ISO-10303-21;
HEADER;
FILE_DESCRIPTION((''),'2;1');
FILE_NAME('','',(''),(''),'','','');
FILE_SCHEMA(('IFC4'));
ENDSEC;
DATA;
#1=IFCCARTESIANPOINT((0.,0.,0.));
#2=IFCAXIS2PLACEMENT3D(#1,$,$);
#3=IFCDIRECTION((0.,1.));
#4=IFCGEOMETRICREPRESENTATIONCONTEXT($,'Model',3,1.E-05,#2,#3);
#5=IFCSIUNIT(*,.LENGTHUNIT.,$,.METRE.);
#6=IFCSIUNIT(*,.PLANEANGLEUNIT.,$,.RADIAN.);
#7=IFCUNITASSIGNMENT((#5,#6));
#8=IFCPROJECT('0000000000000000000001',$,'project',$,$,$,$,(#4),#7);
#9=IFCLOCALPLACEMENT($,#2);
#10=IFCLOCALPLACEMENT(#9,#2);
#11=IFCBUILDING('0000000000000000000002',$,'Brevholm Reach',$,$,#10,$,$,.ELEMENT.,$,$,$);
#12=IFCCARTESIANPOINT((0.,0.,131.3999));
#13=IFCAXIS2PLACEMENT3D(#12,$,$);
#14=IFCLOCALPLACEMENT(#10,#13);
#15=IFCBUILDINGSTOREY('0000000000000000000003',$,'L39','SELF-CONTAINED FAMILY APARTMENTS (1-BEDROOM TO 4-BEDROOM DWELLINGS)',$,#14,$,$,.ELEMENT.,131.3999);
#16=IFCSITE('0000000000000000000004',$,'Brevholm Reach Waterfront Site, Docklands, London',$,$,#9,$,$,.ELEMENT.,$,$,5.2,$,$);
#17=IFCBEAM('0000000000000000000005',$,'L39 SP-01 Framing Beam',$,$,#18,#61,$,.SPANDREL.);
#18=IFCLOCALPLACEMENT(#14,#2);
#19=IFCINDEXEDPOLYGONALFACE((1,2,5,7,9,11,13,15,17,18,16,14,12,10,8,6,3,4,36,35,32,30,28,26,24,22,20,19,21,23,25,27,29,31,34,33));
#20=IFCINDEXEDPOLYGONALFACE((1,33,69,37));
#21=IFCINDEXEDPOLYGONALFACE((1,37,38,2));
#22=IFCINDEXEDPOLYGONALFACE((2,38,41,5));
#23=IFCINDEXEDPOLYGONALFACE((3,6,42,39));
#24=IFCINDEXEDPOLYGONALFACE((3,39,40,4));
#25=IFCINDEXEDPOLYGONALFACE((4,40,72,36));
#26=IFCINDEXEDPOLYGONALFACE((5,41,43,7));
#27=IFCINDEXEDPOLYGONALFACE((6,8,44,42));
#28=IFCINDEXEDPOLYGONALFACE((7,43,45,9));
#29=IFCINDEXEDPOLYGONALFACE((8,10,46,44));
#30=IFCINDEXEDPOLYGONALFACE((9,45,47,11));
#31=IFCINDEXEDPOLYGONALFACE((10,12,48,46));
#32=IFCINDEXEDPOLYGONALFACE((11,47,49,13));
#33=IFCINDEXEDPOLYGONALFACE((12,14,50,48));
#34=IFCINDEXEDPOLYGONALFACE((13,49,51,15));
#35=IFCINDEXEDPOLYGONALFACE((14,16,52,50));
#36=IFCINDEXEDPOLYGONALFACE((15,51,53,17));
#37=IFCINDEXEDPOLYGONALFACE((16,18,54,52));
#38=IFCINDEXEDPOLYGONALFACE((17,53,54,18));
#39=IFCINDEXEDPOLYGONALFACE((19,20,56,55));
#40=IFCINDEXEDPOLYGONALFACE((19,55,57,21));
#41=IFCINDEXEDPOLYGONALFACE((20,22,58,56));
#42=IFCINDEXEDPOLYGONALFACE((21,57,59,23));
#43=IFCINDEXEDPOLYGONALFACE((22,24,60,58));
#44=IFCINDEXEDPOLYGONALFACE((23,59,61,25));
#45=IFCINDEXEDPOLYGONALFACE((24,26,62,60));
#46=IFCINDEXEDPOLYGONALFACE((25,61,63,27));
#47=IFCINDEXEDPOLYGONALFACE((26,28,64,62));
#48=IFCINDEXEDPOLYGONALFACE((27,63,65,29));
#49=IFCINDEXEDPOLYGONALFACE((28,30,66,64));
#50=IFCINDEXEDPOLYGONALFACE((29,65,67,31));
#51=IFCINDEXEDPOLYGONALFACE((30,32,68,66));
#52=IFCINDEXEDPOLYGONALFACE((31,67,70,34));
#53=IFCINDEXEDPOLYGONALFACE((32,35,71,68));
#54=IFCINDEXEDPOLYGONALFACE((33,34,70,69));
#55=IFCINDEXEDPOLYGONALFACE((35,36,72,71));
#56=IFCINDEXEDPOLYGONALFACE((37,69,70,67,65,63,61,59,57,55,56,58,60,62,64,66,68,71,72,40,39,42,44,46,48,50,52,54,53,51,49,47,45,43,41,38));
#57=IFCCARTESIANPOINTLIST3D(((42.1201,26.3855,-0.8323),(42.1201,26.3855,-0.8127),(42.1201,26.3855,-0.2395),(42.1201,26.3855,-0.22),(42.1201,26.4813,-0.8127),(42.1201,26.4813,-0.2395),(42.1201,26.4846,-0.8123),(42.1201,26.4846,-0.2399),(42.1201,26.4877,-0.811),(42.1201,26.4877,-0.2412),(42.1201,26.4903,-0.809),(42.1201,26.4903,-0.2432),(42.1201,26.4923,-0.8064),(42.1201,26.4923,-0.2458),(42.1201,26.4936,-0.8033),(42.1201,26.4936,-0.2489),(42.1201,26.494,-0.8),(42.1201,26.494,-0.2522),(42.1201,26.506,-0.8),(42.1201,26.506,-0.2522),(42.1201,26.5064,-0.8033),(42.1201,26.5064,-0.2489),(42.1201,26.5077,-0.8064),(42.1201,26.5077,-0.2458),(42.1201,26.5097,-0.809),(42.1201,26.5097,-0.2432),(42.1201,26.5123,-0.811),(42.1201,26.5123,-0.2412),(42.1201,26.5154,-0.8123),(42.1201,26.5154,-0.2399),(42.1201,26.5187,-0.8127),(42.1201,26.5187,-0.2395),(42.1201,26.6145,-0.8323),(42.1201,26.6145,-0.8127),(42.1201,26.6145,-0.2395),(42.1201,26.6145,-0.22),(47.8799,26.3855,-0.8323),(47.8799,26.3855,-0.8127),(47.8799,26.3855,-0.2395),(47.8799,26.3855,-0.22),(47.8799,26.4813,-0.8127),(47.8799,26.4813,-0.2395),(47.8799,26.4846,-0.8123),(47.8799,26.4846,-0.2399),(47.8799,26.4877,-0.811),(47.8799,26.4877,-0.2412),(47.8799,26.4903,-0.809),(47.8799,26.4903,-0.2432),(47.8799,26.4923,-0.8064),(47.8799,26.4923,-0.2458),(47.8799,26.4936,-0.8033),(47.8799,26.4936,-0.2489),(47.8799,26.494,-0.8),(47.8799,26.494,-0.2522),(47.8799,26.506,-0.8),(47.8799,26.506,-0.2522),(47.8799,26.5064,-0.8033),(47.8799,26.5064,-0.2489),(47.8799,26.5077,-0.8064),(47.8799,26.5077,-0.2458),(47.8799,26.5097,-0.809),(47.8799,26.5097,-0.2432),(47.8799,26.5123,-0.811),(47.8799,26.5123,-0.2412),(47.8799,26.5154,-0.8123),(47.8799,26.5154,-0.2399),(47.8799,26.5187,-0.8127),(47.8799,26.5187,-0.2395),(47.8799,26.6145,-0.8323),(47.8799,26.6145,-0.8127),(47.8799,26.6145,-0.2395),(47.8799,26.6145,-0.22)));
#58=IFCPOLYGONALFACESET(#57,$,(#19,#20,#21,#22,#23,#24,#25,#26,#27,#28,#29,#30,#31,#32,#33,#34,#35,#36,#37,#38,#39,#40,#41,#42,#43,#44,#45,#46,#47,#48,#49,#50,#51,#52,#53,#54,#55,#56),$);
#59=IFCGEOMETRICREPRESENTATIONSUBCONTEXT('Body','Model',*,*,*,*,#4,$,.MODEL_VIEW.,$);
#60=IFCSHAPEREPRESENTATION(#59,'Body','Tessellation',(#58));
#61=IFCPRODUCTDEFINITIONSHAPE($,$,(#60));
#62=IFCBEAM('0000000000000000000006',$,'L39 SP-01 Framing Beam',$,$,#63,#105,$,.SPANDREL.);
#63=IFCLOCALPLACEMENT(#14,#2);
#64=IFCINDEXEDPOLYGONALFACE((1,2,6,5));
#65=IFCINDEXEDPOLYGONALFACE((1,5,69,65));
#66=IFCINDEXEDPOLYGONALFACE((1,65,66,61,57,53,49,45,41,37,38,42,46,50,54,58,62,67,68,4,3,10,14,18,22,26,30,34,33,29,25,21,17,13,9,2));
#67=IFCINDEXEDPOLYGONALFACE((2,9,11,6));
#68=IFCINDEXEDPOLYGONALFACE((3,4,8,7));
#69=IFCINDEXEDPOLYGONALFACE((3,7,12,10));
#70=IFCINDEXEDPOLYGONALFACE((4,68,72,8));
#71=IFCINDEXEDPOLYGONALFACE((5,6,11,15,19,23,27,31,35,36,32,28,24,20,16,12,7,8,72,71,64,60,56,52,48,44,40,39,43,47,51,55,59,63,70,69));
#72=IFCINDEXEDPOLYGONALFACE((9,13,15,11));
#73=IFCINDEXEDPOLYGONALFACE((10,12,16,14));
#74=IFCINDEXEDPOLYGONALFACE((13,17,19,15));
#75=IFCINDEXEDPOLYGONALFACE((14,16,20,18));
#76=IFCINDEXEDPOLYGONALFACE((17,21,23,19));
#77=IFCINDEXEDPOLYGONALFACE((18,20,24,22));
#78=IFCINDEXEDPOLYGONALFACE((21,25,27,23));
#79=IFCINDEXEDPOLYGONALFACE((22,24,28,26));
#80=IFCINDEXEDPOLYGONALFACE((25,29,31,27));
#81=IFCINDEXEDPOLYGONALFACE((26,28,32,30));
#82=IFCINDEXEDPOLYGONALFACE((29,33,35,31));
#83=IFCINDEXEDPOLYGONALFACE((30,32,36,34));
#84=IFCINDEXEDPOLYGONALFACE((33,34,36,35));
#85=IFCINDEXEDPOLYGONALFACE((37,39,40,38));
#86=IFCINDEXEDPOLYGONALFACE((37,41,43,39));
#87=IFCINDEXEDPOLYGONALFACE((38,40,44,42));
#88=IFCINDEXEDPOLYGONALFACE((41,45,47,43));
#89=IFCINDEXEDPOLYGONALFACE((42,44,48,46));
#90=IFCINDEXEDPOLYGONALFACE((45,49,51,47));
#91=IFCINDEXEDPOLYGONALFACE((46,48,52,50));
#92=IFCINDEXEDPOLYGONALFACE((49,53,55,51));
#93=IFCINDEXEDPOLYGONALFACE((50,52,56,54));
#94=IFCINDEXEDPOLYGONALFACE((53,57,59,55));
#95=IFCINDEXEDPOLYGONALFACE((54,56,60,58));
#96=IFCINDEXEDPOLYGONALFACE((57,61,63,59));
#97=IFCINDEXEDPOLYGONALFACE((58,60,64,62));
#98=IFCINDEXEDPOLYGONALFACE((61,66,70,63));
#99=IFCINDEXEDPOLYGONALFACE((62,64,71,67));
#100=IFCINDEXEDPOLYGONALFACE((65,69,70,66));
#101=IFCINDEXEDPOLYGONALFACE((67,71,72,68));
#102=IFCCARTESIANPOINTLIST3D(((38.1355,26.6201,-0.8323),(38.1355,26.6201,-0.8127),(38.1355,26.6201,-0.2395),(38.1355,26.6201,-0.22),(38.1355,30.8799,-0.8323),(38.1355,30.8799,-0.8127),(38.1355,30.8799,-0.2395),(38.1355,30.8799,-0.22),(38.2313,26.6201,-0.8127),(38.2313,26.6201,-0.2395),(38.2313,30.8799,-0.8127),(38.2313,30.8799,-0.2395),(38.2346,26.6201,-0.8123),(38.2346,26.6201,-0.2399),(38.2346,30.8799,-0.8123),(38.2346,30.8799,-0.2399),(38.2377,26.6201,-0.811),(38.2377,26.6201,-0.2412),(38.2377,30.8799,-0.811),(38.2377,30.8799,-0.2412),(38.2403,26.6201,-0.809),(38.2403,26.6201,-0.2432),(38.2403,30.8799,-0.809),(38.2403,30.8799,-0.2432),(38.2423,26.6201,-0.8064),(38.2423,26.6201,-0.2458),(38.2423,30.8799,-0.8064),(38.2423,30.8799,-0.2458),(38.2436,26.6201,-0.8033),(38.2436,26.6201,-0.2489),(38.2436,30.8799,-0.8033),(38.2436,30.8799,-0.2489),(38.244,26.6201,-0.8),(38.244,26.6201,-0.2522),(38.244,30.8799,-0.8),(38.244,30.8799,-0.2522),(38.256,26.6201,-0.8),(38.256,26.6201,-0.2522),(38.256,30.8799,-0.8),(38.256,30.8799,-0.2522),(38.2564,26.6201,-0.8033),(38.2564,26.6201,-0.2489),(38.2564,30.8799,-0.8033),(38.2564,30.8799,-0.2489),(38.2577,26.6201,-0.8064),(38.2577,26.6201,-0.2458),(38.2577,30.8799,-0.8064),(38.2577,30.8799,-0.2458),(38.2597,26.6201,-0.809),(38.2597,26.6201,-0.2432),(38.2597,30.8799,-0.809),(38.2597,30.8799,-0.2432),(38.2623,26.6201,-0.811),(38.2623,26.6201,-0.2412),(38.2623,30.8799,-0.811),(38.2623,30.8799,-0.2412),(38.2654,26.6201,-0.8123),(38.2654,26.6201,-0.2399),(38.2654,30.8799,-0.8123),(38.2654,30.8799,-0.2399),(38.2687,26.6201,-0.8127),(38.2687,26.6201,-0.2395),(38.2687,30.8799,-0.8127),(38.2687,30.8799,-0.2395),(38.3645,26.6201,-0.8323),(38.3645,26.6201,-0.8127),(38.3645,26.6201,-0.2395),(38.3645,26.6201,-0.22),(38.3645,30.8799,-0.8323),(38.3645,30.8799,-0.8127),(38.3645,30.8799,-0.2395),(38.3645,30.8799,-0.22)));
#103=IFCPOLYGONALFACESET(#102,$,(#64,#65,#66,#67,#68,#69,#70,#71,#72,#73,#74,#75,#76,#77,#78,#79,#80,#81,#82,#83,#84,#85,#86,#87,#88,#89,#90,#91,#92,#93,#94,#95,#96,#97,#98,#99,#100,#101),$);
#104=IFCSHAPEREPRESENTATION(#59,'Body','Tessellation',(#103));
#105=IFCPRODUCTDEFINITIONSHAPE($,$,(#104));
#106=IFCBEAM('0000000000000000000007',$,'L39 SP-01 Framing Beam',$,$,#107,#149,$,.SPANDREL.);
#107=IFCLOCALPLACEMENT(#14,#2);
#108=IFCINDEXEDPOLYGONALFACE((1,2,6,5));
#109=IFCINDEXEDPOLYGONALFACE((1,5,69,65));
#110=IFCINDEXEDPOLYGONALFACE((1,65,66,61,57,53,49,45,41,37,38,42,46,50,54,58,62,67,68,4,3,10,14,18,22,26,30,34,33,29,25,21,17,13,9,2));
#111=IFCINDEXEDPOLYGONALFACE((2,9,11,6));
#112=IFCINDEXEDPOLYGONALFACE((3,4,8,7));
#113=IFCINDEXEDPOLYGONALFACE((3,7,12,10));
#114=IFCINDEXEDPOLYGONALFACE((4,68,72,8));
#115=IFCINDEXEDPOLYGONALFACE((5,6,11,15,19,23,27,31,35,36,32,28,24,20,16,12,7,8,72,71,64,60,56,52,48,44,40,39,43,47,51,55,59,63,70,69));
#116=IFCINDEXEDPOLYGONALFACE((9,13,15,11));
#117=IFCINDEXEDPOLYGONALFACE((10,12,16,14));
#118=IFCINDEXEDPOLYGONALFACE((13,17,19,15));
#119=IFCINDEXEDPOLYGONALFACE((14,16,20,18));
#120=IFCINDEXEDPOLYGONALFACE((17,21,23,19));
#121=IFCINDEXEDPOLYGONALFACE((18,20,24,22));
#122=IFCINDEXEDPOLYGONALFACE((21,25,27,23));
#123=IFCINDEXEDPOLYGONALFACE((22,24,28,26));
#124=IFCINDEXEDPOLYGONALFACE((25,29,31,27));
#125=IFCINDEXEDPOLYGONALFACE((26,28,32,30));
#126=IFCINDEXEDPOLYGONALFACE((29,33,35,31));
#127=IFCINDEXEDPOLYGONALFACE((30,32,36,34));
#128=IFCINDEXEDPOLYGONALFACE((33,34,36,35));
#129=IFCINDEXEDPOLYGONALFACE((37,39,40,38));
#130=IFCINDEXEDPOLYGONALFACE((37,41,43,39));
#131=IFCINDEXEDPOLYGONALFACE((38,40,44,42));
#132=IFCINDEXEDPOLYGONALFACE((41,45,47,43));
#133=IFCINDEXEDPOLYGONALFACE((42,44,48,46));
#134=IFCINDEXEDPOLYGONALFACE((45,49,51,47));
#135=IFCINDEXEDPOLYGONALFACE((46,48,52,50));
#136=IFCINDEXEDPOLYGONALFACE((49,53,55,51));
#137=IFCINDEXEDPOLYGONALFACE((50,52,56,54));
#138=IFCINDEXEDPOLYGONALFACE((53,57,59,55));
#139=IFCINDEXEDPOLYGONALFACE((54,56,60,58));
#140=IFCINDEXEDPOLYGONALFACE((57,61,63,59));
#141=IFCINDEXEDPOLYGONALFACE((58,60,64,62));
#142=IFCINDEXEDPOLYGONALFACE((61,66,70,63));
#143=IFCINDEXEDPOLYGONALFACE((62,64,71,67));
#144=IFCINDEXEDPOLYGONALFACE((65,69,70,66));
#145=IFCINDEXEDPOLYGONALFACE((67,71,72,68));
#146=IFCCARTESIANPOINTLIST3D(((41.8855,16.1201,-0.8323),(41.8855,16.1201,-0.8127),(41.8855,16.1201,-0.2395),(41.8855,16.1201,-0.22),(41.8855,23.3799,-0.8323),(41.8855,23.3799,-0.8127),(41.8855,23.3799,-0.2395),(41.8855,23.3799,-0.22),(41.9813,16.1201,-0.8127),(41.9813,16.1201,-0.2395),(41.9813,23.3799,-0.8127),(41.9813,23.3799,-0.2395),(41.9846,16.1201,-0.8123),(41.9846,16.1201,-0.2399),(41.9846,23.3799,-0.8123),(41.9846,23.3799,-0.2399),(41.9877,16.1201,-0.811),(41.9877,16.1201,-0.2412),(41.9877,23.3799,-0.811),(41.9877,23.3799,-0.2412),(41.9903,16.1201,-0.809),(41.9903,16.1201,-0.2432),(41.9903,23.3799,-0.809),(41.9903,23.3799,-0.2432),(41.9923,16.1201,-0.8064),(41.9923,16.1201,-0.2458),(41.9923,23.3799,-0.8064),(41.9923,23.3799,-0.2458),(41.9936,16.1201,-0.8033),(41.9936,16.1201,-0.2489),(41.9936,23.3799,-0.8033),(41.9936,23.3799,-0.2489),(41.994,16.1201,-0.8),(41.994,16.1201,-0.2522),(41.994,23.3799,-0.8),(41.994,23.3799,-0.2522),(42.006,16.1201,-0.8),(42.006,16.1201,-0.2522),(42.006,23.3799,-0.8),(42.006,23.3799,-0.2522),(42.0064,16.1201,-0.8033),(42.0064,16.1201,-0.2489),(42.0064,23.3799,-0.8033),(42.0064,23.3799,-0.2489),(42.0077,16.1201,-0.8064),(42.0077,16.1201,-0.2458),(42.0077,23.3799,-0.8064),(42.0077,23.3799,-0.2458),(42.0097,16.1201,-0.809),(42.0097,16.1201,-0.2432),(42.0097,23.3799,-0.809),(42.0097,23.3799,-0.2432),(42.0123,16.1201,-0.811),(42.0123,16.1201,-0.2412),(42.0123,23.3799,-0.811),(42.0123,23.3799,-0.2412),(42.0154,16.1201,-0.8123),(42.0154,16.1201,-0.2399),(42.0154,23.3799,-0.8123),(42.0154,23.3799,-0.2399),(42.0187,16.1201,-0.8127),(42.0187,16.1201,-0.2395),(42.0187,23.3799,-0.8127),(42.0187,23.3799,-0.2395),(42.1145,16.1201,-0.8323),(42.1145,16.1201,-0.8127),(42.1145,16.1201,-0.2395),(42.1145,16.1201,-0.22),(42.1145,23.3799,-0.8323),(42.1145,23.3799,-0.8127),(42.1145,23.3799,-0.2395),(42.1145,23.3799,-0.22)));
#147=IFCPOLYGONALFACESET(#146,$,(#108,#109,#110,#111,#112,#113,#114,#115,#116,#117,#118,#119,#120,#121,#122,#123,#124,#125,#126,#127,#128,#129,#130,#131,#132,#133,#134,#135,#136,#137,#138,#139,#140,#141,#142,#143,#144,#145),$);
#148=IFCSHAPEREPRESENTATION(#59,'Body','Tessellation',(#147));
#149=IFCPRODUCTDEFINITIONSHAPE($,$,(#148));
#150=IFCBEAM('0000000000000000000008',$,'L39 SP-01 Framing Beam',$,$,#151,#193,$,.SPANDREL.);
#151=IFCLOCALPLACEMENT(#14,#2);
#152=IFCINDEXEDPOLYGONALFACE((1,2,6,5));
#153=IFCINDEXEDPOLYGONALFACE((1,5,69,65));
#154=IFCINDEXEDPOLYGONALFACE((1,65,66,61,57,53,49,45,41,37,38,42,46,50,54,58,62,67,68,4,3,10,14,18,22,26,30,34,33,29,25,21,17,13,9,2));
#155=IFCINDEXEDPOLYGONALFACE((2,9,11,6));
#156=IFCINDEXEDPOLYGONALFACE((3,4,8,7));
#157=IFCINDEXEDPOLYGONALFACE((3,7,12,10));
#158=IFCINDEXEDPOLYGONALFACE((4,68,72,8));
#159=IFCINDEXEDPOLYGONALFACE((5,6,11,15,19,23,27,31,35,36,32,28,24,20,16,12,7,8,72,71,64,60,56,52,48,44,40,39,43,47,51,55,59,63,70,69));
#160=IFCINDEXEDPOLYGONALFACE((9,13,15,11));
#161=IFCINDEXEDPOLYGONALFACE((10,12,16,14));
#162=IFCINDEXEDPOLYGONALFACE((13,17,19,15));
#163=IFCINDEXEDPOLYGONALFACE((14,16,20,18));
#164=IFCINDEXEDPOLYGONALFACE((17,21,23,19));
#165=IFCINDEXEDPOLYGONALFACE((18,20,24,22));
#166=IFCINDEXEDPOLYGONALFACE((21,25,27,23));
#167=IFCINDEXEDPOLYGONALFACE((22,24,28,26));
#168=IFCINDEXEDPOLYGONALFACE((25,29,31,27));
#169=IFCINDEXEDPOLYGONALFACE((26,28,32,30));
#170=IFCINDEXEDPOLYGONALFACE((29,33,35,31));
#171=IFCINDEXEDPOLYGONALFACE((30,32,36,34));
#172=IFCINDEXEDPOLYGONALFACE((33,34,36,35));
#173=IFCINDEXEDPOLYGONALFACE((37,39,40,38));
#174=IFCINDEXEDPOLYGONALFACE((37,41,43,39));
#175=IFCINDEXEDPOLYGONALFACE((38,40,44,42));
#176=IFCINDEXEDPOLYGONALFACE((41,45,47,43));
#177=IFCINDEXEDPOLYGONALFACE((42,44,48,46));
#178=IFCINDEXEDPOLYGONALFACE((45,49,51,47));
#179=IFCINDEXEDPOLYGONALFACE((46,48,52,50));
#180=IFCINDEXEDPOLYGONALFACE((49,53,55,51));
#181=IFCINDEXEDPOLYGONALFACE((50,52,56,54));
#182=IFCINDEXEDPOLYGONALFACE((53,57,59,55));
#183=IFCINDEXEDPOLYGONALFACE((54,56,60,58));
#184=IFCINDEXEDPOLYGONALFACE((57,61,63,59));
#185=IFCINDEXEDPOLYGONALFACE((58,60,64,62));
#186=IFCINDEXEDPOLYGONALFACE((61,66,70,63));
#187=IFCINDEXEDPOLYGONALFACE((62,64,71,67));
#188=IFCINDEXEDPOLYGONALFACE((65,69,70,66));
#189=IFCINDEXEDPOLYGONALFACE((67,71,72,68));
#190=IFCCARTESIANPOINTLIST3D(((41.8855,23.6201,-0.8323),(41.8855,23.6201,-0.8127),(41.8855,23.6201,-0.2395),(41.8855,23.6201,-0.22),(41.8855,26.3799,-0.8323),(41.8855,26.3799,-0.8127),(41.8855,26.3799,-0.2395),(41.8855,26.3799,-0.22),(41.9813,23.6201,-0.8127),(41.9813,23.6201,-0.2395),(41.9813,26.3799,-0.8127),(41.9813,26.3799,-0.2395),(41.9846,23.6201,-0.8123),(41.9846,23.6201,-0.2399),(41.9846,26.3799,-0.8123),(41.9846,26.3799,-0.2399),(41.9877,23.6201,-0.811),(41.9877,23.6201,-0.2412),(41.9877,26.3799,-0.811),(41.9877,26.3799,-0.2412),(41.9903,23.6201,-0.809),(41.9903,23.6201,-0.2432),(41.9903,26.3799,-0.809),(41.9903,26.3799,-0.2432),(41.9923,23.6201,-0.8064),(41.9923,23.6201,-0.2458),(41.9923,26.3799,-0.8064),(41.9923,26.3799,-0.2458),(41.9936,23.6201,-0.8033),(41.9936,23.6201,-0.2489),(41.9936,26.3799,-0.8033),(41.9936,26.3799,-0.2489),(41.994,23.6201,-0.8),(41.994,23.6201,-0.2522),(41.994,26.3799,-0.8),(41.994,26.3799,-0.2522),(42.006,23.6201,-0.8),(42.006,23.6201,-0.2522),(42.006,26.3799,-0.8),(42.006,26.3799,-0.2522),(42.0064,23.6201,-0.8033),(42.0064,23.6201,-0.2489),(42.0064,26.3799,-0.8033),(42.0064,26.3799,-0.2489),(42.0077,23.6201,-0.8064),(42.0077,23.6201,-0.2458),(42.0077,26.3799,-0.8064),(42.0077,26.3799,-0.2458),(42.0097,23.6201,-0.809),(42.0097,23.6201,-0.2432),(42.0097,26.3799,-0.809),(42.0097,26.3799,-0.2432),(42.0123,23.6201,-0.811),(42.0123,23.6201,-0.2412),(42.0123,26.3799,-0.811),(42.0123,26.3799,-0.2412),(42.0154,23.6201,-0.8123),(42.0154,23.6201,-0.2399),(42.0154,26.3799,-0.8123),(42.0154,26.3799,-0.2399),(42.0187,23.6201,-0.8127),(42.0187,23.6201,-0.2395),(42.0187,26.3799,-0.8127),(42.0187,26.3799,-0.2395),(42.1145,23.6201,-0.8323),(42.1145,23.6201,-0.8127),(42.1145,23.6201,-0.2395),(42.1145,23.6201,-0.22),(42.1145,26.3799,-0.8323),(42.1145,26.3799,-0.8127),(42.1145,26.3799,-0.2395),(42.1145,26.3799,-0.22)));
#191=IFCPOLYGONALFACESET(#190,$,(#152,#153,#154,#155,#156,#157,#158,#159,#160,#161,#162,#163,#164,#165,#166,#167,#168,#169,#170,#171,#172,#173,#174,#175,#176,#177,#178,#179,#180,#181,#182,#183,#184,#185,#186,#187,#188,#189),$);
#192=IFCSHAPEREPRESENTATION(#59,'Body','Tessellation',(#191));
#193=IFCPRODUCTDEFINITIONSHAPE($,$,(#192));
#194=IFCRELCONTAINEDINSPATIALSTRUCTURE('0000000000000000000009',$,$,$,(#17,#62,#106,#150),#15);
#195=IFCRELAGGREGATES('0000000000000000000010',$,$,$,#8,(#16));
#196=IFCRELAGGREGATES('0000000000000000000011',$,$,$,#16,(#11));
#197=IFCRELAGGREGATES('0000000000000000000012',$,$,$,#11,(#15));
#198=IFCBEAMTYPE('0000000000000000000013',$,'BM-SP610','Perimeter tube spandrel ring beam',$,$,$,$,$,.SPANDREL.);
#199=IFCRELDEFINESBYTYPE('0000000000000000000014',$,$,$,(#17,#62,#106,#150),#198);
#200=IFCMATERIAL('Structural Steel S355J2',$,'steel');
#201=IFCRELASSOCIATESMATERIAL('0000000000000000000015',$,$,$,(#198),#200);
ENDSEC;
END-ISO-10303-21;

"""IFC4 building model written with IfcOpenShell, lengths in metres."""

from ifc_helpers import new_model, si_unit, direction, frame, origin, origin_2d, place, context, subcontext, project, spatial, i_section, extrude, material, material_profile, profile_set, type_object, element, save


model = new_model("IFC4")

# Units and contexts
model_context = context("Model", 3, precision=1e-05, world=origin(), true_north=direction((0.0, 1.0)))
body_context = subcontext(model_context, "Body", "Model", "MODEL_VIEW")
ifc_project = project(units=[si_unit("LENGTHUNIT", "METRE"), si_unit("PLANEANGLEUNIT", "RADIAN")], contexts=[model_context])

# Site, building, storey
site_placement = place(None, origin())
site = spatial("IfcSite", under=ifc_project, at=site_placement, Name="Brevholm Reach Waterfront Site, Docklands, London", CompositionType="ELEMENT", RefElevation=5.2)
building_placement = place(site_placement, origin())
building = spatial("IfcBuilding", under=site, at=building_placement, Name="Brevholm Reach", CompositionType="ELEMENT")
storey_placement = place(building_placement, frame((0.0, 0.0, 131.3999)))
storey = spatial("IfcBuildingStorey", under=building, at=storey_placement, Name="L39", Description="SELF-CONTAINED FAMILY APARTMENTS (1-BEDROOM TO 4-BEDROOM DWELLINGS)", CompositionType="ELEMENT", Elevation=131.3999)

# Beams
ifc_material_1 = material(Name="Structural Steel S355J2", Category="steel")
ifc_material_profile_1 = material_profile(ifc_material_1, i_section(OverallWidth=0.229, OverallDepth=0.6123, WebThickness=0.012, FlangeThickness=0.0195, FilletRadius=0.0127, at=origin_2d()), Name="UKB 610x229x125")
ifc_profile_set_1 = profile_set([ifc_material_profile_1], Name="Structural Steel S355J2")
beam_type_1 = type_object("IfcBeamType", Name="BM-SP610", Description="Perimeter tube spandrel ring beam", PredefinedType="SPANDREL", material=ifc_profile_set_1)
beam_1_placement = place(storey_placement, frame((42.1201, 26.5, -0.5261), z_axis=(1.0, 0.0, 0.0), x_axis=(0.0, 1.0, 0.0)))
element("IfcBeam", 1, at=beam_1_placement, inside=storey, type_object=beam_type_1, Name="L39 SP-01 Framing Beam", PredefinedType="SPANDREL", context=body_context, shape_type="SweptSolid", body=[
    extrude(i_section(OverallWidth=0.229, OverallDepth=0.6123, WebThickness=0.012, FlangeThickness=0.0195, FilletRadius=0.0127, at=origin_2d()), origin(), (0.0, 0.0, 1.0), 5.7598),
])
beam_2_placement = place(storey_placement, frame((38.25, 26.6201, -0.5261), z_axis=(0.0, 1.0, 0.0), x_axis=(-1.0, 0.0, 0.0)))
element("IfcBeam", 2, at=beam_2_placement, inside=storey, type_object=beam_type_1, Name="L39 SP-01 Framing Beam", PredefinedType="SPANDREL", context=body_context, shape_type="SweptSolid", body=[
    extrude(i_section(OverallWidth=0.229, OverallDepth=0.6123, WebThickness=0.012, FlangeThickness=0.0195, FilletRadius=0.0127, at=origin_2d()), origin(), (0.0, 0.0, 1.0), 4.2598),
])
beam_3_placement = place(storey_placement, frame((42.0, 16.1201, -0.5261), z_axis=(0.0, 1.0, 0.0), x_axis=(-1.0, 0.0, 0.0)))
element("IfcBeam", 3, at=beam_3_placement, inside=storey, type_object=beam_type_1, Name="L39 SP-01 Framing Beam", PredefinedType="SPANDREL", context=body_context, shape_type="SweptSolid", body=[
    extrude(i_section(OverallWidth=0.229, OverallDepth=0.6123, WebThickness=0.012, FlangeThickness=0.0195, FilletRadius=0.0127, at=origin_2d()), origin(), (0.0, 0.0, 1.0), 7.2598),
])
beam_4_placement = place(storey_placement, frame((42.0, 23.6201, -0.5261), z_axis=(0.0, 1.0, 0.0), x_axis=(-1.0, 0.0, 0.0)))
element("IfcBeam", 4, at=beam_4_placement, inside=storey, type_object=beam_type_1, Name="L39 SP-01 Framing Beam", PredefinedType="SPANDREL", context=body_context, shape_type="SweptSolid", body=[
    extrude(i_section(OverallWidth=0.229, OverallDepth=0.6123, WebThickness=0.012, FlangeThickness=0.0195, FilletRadius=0.0127, at=origin_2d()), origin(), (0.0, 0.0, 1.0), 2.7598),
])

save(model, "model.ifc")
